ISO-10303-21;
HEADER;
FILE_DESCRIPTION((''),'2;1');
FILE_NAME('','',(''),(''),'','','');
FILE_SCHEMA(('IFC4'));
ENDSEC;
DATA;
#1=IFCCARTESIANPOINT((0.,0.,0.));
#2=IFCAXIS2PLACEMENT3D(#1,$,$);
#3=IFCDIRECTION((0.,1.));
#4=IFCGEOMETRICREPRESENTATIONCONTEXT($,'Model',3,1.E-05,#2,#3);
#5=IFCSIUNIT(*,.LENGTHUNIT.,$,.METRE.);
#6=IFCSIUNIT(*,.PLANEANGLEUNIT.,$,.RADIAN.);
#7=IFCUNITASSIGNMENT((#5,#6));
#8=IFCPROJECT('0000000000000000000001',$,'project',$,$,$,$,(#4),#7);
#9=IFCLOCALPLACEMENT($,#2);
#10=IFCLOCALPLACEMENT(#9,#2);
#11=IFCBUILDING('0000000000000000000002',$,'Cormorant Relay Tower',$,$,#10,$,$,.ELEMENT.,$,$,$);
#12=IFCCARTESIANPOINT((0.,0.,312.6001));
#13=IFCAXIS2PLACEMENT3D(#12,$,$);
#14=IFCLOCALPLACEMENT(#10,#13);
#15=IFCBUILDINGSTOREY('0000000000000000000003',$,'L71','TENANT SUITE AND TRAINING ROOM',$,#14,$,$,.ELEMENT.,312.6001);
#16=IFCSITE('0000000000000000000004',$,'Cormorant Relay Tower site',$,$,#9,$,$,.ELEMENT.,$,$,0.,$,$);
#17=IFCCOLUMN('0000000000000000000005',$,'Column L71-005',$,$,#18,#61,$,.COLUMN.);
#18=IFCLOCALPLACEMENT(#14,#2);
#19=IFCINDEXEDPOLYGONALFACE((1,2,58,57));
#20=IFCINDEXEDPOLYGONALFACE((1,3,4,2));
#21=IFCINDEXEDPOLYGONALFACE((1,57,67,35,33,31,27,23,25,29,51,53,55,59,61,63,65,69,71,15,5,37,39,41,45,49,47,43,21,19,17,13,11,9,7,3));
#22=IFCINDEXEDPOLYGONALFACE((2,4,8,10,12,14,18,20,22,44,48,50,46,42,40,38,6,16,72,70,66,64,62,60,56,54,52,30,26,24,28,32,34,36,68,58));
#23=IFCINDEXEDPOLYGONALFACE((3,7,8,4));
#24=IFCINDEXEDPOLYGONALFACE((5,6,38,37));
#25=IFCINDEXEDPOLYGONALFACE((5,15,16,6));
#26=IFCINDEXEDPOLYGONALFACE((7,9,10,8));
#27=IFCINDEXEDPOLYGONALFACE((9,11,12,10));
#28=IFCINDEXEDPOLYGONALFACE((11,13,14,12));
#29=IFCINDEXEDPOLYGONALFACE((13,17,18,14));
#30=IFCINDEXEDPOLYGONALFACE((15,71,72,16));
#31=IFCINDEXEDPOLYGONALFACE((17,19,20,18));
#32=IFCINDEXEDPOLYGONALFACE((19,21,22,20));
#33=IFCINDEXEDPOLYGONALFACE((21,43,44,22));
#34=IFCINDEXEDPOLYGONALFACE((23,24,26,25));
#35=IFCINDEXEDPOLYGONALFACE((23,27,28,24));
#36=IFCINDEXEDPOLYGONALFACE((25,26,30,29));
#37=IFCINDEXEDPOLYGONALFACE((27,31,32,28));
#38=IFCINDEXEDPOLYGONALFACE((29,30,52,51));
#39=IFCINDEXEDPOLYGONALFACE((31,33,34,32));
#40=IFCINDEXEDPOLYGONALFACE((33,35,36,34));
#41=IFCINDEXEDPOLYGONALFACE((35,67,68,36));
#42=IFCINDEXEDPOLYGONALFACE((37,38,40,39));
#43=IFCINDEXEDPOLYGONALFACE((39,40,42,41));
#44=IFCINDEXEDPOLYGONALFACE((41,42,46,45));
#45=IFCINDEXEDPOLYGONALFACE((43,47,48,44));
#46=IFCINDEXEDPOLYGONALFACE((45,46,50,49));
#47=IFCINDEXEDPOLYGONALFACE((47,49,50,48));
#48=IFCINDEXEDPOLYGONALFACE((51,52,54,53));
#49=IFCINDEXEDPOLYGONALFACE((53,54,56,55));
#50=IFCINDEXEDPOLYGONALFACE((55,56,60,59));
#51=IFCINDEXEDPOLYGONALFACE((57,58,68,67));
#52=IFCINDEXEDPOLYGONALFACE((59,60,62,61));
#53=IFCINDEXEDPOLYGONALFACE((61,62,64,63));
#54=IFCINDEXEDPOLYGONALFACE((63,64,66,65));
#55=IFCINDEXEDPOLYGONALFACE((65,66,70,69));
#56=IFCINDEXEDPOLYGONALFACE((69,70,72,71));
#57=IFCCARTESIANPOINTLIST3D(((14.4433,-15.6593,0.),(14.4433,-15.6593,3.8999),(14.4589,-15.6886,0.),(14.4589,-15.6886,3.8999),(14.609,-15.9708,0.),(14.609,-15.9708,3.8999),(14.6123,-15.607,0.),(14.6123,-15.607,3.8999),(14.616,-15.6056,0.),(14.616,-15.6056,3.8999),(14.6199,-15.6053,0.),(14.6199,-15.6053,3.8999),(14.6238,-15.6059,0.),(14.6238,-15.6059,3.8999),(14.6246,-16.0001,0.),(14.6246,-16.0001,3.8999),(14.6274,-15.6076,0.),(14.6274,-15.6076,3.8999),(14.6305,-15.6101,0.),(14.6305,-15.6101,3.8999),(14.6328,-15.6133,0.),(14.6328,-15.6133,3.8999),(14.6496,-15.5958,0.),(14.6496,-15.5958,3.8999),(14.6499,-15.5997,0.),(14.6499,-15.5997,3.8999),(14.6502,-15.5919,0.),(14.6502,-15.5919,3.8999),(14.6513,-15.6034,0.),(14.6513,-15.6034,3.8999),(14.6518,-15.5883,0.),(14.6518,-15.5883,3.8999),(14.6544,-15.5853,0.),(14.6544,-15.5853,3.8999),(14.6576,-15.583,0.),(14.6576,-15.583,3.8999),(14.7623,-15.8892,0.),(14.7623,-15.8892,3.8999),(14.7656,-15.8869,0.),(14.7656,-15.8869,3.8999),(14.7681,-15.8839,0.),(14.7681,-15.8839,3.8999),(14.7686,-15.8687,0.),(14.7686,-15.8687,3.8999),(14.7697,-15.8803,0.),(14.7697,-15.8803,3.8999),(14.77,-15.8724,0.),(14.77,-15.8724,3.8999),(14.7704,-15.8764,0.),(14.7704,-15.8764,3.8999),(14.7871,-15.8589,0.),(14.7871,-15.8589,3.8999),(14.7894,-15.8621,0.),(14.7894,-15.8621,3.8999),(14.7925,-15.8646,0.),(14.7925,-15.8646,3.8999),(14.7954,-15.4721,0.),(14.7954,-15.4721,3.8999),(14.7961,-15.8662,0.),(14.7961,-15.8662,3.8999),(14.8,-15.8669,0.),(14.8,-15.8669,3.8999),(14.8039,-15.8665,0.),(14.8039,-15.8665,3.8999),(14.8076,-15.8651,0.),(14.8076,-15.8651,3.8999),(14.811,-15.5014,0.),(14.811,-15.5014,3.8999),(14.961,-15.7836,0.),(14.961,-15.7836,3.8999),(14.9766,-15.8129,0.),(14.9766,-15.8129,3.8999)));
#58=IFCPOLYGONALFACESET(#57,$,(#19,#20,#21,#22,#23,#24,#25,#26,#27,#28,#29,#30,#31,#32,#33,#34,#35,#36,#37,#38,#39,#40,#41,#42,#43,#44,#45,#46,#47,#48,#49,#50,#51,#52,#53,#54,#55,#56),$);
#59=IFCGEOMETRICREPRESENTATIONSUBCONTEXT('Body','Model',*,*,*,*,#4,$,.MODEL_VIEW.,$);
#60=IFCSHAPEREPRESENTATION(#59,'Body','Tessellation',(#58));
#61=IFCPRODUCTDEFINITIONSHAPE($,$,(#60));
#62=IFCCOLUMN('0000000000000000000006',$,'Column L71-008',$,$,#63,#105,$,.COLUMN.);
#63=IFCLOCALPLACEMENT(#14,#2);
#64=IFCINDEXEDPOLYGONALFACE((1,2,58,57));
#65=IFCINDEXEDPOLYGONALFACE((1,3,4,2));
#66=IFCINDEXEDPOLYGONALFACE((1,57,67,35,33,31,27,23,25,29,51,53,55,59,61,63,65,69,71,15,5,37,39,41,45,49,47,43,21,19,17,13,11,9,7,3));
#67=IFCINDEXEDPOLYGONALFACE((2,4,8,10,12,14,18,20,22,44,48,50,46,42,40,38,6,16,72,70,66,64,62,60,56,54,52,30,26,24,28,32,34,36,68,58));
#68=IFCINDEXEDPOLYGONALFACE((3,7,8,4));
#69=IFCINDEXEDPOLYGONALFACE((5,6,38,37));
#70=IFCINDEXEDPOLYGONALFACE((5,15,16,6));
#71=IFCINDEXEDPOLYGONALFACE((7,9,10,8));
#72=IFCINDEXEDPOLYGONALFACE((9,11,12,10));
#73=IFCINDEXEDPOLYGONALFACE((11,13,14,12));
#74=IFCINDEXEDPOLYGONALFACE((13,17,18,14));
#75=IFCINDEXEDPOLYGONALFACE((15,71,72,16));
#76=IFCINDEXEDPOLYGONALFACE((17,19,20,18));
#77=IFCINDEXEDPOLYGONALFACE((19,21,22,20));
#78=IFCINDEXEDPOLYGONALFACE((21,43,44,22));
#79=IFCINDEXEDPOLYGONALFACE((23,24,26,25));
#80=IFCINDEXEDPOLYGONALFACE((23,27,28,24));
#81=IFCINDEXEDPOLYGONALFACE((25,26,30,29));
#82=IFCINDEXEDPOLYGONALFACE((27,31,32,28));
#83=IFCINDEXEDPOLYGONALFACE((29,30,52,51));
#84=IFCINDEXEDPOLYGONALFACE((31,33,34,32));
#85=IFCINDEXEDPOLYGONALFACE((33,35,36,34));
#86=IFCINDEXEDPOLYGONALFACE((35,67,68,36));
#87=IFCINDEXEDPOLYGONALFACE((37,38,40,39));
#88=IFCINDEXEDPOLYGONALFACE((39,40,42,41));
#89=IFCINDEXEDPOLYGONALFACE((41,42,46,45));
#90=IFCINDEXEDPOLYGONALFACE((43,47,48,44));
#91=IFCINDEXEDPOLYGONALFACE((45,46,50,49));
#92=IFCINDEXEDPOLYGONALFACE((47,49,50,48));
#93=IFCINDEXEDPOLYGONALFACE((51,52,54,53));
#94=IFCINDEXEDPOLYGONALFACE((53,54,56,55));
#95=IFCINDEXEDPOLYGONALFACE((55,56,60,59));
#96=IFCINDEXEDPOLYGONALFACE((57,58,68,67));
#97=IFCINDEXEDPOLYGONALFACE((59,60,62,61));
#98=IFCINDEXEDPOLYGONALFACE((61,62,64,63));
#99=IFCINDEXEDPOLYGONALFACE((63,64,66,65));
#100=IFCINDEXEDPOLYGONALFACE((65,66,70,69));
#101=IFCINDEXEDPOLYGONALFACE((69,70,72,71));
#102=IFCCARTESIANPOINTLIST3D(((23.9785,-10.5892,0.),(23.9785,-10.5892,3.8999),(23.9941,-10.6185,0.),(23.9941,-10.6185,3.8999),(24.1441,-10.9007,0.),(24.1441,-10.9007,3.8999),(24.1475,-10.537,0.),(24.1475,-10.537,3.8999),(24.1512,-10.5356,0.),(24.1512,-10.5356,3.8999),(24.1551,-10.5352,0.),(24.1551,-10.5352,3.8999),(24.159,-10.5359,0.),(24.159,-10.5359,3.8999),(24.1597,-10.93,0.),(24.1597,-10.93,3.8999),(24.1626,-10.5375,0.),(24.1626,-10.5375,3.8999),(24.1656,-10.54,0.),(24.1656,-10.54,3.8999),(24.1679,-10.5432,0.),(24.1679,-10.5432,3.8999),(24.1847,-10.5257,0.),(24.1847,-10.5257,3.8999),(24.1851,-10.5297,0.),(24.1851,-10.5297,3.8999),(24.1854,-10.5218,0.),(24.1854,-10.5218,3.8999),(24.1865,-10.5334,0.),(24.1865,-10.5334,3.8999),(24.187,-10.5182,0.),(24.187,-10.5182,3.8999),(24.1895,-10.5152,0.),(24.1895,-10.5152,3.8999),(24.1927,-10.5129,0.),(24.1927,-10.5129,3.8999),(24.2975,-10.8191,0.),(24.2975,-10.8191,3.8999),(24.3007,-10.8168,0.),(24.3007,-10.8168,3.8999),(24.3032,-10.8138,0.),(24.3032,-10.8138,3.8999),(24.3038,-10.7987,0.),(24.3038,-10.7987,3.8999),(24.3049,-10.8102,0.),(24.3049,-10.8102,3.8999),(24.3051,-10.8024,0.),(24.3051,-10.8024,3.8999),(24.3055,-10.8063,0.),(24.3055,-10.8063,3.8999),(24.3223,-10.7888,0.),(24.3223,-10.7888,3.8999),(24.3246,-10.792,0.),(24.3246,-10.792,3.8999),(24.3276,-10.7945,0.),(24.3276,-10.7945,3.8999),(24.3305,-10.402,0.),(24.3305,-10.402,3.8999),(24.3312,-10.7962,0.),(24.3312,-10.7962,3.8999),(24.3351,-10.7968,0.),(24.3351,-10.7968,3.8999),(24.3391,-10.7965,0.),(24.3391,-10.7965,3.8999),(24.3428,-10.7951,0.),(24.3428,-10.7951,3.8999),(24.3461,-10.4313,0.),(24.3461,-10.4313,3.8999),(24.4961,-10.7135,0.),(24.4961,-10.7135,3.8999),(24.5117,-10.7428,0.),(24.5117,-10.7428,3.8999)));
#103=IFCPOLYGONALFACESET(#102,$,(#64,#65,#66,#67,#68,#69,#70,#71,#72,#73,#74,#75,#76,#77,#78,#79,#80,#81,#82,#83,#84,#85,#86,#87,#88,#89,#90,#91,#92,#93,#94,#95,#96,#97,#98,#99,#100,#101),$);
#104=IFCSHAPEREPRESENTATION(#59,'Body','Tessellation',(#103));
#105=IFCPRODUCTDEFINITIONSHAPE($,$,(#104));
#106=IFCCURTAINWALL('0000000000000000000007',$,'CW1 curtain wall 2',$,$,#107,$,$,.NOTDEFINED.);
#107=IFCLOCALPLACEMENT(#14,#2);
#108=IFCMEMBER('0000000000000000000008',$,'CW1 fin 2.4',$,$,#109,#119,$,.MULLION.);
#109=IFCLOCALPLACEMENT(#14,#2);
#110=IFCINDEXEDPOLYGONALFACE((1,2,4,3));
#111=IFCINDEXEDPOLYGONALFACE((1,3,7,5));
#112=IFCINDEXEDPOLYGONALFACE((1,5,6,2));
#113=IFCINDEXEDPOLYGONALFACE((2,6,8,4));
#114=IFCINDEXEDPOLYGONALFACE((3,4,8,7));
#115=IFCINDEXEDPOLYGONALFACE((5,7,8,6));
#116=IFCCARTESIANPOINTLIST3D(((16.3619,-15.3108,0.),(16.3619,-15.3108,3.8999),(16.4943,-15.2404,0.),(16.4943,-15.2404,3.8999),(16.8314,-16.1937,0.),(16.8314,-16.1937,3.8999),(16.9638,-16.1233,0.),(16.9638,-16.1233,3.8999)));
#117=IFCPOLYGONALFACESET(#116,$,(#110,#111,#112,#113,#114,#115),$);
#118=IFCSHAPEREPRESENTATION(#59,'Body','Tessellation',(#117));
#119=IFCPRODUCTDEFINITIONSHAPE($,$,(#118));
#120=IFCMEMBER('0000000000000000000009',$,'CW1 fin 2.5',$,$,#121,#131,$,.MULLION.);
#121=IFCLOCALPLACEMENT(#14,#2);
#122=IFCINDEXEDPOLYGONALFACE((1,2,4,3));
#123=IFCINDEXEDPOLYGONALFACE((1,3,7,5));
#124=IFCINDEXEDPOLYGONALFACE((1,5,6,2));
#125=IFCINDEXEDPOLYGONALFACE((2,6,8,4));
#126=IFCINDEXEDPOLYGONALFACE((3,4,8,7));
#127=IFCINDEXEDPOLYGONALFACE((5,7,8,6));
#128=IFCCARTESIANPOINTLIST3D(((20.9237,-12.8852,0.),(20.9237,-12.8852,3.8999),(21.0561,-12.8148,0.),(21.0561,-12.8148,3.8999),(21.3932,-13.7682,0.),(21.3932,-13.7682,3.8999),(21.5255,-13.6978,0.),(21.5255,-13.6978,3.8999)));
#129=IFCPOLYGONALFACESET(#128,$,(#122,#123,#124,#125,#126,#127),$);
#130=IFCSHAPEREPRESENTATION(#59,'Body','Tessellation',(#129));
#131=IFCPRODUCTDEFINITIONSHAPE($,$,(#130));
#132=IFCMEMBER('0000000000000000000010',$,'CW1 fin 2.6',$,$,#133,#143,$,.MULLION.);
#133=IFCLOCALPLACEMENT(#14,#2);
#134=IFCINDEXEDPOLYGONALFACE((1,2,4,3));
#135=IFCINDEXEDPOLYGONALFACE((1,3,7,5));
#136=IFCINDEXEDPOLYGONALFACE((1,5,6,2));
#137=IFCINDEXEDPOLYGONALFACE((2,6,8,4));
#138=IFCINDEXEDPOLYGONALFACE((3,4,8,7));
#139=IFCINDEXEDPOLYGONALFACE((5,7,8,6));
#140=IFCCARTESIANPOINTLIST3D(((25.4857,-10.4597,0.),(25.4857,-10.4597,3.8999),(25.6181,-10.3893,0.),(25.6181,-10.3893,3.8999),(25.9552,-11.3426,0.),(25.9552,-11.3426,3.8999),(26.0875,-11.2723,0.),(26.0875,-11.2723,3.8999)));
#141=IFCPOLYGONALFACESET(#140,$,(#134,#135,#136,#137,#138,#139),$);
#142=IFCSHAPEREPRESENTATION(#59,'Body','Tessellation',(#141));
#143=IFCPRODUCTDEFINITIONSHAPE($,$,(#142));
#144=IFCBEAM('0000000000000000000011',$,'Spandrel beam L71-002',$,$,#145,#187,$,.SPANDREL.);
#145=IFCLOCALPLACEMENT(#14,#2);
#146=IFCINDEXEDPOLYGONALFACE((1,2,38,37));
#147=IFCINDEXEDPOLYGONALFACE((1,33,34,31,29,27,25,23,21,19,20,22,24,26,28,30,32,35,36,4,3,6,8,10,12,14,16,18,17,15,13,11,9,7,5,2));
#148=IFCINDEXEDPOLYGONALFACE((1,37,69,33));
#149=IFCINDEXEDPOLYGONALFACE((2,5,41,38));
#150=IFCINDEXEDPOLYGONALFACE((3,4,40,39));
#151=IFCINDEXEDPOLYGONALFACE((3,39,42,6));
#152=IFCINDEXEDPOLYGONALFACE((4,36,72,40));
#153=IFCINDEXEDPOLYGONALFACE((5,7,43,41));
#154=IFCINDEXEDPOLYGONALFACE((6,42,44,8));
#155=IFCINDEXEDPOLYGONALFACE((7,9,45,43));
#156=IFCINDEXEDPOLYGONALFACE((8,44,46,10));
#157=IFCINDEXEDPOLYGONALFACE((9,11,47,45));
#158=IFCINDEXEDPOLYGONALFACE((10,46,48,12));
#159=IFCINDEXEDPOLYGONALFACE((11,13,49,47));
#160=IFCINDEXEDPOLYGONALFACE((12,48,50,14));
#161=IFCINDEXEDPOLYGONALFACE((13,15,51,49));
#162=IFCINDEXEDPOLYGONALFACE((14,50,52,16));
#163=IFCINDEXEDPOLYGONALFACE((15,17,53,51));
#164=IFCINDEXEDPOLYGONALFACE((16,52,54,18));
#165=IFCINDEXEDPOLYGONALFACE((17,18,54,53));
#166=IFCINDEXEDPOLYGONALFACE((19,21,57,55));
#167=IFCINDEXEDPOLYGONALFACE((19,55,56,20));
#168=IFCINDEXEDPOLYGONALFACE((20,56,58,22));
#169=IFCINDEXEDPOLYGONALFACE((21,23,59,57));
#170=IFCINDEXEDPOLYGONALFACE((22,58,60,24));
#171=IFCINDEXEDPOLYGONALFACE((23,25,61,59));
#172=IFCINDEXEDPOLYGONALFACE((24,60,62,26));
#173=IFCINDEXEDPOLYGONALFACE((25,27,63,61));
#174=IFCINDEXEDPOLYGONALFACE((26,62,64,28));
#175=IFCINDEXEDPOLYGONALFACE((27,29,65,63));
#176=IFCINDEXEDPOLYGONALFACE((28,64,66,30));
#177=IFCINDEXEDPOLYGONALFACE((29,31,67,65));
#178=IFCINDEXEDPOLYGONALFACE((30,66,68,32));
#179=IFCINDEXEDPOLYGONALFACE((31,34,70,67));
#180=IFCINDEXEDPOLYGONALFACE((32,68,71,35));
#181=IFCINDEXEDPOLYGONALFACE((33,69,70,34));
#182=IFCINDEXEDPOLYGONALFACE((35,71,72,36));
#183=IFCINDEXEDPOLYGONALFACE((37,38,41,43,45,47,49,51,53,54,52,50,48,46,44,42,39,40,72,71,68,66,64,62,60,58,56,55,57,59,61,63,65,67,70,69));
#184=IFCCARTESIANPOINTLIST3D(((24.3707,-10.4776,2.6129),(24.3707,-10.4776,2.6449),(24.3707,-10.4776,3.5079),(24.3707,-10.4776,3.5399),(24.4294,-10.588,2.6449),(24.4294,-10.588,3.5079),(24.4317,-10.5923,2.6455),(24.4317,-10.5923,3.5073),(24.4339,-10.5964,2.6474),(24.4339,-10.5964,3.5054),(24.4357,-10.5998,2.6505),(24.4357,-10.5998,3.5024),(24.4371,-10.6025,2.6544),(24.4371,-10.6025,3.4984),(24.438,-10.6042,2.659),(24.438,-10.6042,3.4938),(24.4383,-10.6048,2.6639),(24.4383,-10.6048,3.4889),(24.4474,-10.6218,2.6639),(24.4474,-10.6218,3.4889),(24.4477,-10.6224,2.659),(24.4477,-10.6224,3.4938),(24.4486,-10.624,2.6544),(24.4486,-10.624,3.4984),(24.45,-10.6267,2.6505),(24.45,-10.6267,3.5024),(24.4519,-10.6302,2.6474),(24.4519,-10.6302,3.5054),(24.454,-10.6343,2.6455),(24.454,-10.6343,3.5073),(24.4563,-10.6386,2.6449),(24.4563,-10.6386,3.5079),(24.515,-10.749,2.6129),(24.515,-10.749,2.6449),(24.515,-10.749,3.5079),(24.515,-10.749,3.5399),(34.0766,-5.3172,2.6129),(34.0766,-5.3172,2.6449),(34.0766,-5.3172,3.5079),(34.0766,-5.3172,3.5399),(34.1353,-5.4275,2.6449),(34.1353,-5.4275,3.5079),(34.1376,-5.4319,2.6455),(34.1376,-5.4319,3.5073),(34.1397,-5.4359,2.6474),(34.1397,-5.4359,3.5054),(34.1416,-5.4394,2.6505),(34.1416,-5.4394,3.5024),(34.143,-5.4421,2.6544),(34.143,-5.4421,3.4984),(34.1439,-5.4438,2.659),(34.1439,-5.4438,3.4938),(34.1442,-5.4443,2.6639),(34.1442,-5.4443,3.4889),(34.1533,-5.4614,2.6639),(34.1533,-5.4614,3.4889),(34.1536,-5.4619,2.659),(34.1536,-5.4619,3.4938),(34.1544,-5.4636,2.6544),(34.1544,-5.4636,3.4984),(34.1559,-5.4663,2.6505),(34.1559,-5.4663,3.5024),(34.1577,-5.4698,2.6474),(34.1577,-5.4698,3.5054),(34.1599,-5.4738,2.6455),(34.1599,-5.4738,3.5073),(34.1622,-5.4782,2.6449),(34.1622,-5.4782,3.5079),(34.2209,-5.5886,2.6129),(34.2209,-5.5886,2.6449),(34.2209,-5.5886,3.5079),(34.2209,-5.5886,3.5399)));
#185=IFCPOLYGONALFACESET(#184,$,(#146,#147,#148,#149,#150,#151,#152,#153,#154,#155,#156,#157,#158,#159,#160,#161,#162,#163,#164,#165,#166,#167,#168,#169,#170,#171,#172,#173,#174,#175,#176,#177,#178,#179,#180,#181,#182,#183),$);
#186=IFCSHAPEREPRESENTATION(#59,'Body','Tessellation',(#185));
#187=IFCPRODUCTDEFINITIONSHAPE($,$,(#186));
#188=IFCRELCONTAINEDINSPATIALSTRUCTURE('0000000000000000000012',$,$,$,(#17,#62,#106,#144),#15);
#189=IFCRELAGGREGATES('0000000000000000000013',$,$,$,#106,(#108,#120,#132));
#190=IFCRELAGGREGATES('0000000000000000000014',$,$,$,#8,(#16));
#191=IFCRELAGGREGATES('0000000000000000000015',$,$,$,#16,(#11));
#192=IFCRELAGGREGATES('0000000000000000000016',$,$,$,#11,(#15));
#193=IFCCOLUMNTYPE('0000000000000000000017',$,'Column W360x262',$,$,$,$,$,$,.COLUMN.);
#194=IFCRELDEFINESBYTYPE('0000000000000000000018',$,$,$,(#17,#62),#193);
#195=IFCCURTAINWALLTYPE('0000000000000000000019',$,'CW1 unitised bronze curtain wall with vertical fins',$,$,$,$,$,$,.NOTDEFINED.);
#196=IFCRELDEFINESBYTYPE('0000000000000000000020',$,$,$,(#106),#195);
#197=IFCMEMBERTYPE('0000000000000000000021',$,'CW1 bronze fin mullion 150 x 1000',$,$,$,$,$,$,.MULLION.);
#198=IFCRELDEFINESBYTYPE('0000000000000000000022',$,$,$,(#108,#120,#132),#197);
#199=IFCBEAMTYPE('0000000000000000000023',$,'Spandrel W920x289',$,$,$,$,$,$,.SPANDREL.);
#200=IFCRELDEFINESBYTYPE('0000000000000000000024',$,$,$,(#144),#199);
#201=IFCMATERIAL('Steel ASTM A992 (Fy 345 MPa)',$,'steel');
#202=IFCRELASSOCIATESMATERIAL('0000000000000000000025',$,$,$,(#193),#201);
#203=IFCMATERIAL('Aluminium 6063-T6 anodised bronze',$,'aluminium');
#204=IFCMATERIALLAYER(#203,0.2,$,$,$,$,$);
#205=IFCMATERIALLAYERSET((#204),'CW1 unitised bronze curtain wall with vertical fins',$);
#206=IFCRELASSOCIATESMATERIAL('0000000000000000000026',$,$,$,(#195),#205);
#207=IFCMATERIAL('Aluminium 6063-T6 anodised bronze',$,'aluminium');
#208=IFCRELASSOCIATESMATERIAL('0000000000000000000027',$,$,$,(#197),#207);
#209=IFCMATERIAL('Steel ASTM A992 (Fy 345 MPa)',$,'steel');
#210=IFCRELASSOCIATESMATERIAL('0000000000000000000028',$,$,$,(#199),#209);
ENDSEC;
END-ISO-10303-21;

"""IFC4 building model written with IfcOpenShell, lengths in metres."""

from ifc_helpers import new_model, si_unit, direction, frame, origin, origin_2d, place, context, subcontext, project, spatial, rectangle, i_section, extrude, material, layer, layer_set, material_profile, profile_set, type_object, element, aggregate, save


model = new_model("IFC4")

# Units and contexts
model_context = context("Model", 3, precision=1e-05, world=origin(), true_north=direction((0.0, 1.0)))
body_context = subcontext(model_context, "Body", "Model", "MODEL_VIEW")
ifc_project = project(units=[si_unit("LENGTHUNIT", "METRE"), si_unit("PLANEANGLEUNIT", "RADIAN")], contexts=[model_context])

# Site, building, storey
site_placement = place(None, origin())
site = spatial("IfcSite", under=ifc_project, at=site_placement, Name="Cormorant Relay Tower site", CompositionType="ELEMENT", RefElevation=0.0)
building_placement = place(site_placement, origin())
building = spatial("IfcBuilding", under=site, at=building_placement, Name="Cormorant Relay Tower", CompositionType="ELEMENT")
storey_placement = place(building_placement, frame((0.0, 0.0, 312.6001)))
storey = spatial("IfcBuildingStorey", under=building, at=storey_placement, Name="L71", Description="TENANT SUITE AND TRAINING ROOM", CompositionType="ELEMENT", Elevation=312.6001)

# Columns
ifc_material_1 = material(Name="Steel ASTM A992 (Fy 345 MPa)", Category="steel")
ifc_material_profile_1 = material_profile(ifc_material_1, i_section(OverallWidth=0.3987, OverallDepth=0.386, WebThickness=0.021, FlangeThickness=0.0332, FilletRadius=0.0151, at=origin_2d()), Name="W360x262")
ifc_profile_set_1 = profile_set([ifc_material_profile_1], Name="Steel ASTM A992 (Fy 345 MPa)")
column_type = type_object("IfcColumnType", Name="Column W360x262", PredefinedType="COLUMN", material=ifc_profile_set_1)
for number, where, z_axis, x_axis, name in (
    (1, (14.71, -15.7361, 0.0), (0.0, 0.0, 1.0), (0.882948, 0.469472, 0.0), "Column L71-005"),
    (2, (24.2451, -10.666, 0.0), (0.0, 0.0, 1.0), (0.882948, 0.469472, 0.0), "Column L71-008"),
):
    element("IfcColumn", number, at=place(storey_placement, frame(where, z_axis=z_axis, x_axis=x_axis)), inside=storey, type_object=column_type, Name=name, PredefinedType="COLUMN", context=body_context, shape_type="SweptSolid", body=[
        extrude(i_section(OverallWidth=0.3987, OverallDepth=0.386, WebThickness=0.021, FlangeThickness=0.0332, FilletRadius=0.0151, at=origin_2d()), origin(), (0.0, 0.0, 1.0), 3.8999),
    ])

# Curtain wall, members
ifc_material_2 = material(Name="Aluminium 6063-T6 anodised bronze", Category="aluminium")
ifc_layer_1 = layer(ifc_material_2, 0.2)
ifc_layer_set_1 = layer_set([ifc_layer_1], Name="CW1 unitised bronze curtain wall with vertical fins")
curtain_wall_type = type_object("IfcCurtainWallType", Name="CW1 unitised bronze curtain wall with vertical fins", PredefinedType="NOTDEFINED", material=ifc_layer_set_1)
curtain_wall_placement = place(storey_placement, origin())
curtain_wall = element("IfcCurtainWall", 3, at=curtain_wall_placement, inside=storey, type_object=curtain_wall_type, Name="CW1 curtain wall 2", PredefinedType="NOTDEFINED")
ifc_material_3 = material(Name="Aluminium 6063-T6 anodised bronze", Category="aluminium")
ifc_material_profile_2 = material_profile(ifc_material_3, rectangle(XDim=0.1499, YDim=1.0, at=origin_2d()), Name="AL 150x1000")
ifc_profile_set_2 = profile_set([ifc_material_profile_2], Name="Aluminium 6063-T6 anodised bronze")
member_type = type_object("IfcMemberType", Name="CW1 bronze fin mullion 150 x 1000", PredefinedType="MULLION", material=ifc_profile_set_2)
member_1_placement = place(storey_placement, frame((16.6628, -15.717, 0.0), z_axis=(0.0, 0.0, 1.0), x_axis=(0.882948, 0.469472, 0.0)))
member_1 = element("IfcMember", 4, at=member_1_placement, type_object=member_type, Name="CW1 fin 2.4", PredefinedType="MULLION", context=body_context, shape_type="SweptSolid", body=[
    extrude(rectangle(XDim=0.1499, YDim=1.0, at=origin_2d()), origin(), (0.0, 0.0, 1.0), 3.8999),
])
member_2_placement = place(storey_placement, frame((21.2246, -13.2915, 0.0), z_axis=(0.0, 0.0, 1.0), x_axis=(0.882948, 0.469472, 0.0)))
member_2 = element("IfcMember", 5, at=member_2_placement, type_object=member_type, Name="CW1 fin 2.5", PredefinedType="MULLION", context=body_context, shape_type="SweptSolid", body=[
    extrude(rectangle(XDim=0.1499, YDim=1.0, at=origin_2d()), origin(), (0.0, 0.0, 1.0), 3.8999),
])
member_3_placement = place(storey_placement, frame((25.7866, -10.866, 0.0), z_axis=(0.0, 0.0, 1.0), x_axis=(0.882948, 0.469472, 0.0)))
member_3 = element("IfcMember", 6, at=member_3_placement, type_object=member_type, Name="CW1 fin 2.6", PredefinedType="MULLION", context=body_context, shape_type="SweptSolid", body=[
    extrude(rectangle(XDim=0.1499, YDim=1.0, at=origin_2d()), origin(), (0.0, 0.0, 1.0), 3.8999),
])

# Beam
ifc_material_4 = material(Name="Steel ASTM A992 (Fy 345 MPa)", Category="steel")
ifc_material_profile_3 = material_profile(ifc_material_4, i_section(OverallWidth=0.3074, OverallDepth=0.927, WebThickness=0.0193, FlangeThickness=0.032, FilletRadius=0.019, at=origin_2d()), Name="W920x289")
ifc_profile_set_3 = profile_set([ifc_material_profile_3], Name="Steel ASTM A992 (Fy 345 MPa)")
beam_type_1 = type_object("IfcBeamType", Name="Spandrel W920x289", PredefinedType="SPANDREL", material=ifc_profile_set_3)
beam_1_placement = place(storey_placement, frame((24.4429, -10.6133, 3.0764), z_axis=(0.882958, 0.469452, 0.0), x_axis=(-0.469452, 0.882958, 0.0)))
element("IfcBeam", 7, at=beam_1_placement, inside=storey, type_object=beam_type_1, Name="Spandrel beam L71-002", PredefinedType="SPANDREL", context=body_context, shape_type="SweptSolid", body=[
    extrude(i_section(OverallWidth=0.3074, OverallDepth=0.927, WebThickness=0.0193, FlangeThickness=0.032, FilletRadius=0.019, at=origin_2d()), origin(), (0.0, 0.0, 1.0), 10.9924),
])

aggregate(curtain_wall, [member_1, member_2, member_3])

save(model, "model.ifc")
